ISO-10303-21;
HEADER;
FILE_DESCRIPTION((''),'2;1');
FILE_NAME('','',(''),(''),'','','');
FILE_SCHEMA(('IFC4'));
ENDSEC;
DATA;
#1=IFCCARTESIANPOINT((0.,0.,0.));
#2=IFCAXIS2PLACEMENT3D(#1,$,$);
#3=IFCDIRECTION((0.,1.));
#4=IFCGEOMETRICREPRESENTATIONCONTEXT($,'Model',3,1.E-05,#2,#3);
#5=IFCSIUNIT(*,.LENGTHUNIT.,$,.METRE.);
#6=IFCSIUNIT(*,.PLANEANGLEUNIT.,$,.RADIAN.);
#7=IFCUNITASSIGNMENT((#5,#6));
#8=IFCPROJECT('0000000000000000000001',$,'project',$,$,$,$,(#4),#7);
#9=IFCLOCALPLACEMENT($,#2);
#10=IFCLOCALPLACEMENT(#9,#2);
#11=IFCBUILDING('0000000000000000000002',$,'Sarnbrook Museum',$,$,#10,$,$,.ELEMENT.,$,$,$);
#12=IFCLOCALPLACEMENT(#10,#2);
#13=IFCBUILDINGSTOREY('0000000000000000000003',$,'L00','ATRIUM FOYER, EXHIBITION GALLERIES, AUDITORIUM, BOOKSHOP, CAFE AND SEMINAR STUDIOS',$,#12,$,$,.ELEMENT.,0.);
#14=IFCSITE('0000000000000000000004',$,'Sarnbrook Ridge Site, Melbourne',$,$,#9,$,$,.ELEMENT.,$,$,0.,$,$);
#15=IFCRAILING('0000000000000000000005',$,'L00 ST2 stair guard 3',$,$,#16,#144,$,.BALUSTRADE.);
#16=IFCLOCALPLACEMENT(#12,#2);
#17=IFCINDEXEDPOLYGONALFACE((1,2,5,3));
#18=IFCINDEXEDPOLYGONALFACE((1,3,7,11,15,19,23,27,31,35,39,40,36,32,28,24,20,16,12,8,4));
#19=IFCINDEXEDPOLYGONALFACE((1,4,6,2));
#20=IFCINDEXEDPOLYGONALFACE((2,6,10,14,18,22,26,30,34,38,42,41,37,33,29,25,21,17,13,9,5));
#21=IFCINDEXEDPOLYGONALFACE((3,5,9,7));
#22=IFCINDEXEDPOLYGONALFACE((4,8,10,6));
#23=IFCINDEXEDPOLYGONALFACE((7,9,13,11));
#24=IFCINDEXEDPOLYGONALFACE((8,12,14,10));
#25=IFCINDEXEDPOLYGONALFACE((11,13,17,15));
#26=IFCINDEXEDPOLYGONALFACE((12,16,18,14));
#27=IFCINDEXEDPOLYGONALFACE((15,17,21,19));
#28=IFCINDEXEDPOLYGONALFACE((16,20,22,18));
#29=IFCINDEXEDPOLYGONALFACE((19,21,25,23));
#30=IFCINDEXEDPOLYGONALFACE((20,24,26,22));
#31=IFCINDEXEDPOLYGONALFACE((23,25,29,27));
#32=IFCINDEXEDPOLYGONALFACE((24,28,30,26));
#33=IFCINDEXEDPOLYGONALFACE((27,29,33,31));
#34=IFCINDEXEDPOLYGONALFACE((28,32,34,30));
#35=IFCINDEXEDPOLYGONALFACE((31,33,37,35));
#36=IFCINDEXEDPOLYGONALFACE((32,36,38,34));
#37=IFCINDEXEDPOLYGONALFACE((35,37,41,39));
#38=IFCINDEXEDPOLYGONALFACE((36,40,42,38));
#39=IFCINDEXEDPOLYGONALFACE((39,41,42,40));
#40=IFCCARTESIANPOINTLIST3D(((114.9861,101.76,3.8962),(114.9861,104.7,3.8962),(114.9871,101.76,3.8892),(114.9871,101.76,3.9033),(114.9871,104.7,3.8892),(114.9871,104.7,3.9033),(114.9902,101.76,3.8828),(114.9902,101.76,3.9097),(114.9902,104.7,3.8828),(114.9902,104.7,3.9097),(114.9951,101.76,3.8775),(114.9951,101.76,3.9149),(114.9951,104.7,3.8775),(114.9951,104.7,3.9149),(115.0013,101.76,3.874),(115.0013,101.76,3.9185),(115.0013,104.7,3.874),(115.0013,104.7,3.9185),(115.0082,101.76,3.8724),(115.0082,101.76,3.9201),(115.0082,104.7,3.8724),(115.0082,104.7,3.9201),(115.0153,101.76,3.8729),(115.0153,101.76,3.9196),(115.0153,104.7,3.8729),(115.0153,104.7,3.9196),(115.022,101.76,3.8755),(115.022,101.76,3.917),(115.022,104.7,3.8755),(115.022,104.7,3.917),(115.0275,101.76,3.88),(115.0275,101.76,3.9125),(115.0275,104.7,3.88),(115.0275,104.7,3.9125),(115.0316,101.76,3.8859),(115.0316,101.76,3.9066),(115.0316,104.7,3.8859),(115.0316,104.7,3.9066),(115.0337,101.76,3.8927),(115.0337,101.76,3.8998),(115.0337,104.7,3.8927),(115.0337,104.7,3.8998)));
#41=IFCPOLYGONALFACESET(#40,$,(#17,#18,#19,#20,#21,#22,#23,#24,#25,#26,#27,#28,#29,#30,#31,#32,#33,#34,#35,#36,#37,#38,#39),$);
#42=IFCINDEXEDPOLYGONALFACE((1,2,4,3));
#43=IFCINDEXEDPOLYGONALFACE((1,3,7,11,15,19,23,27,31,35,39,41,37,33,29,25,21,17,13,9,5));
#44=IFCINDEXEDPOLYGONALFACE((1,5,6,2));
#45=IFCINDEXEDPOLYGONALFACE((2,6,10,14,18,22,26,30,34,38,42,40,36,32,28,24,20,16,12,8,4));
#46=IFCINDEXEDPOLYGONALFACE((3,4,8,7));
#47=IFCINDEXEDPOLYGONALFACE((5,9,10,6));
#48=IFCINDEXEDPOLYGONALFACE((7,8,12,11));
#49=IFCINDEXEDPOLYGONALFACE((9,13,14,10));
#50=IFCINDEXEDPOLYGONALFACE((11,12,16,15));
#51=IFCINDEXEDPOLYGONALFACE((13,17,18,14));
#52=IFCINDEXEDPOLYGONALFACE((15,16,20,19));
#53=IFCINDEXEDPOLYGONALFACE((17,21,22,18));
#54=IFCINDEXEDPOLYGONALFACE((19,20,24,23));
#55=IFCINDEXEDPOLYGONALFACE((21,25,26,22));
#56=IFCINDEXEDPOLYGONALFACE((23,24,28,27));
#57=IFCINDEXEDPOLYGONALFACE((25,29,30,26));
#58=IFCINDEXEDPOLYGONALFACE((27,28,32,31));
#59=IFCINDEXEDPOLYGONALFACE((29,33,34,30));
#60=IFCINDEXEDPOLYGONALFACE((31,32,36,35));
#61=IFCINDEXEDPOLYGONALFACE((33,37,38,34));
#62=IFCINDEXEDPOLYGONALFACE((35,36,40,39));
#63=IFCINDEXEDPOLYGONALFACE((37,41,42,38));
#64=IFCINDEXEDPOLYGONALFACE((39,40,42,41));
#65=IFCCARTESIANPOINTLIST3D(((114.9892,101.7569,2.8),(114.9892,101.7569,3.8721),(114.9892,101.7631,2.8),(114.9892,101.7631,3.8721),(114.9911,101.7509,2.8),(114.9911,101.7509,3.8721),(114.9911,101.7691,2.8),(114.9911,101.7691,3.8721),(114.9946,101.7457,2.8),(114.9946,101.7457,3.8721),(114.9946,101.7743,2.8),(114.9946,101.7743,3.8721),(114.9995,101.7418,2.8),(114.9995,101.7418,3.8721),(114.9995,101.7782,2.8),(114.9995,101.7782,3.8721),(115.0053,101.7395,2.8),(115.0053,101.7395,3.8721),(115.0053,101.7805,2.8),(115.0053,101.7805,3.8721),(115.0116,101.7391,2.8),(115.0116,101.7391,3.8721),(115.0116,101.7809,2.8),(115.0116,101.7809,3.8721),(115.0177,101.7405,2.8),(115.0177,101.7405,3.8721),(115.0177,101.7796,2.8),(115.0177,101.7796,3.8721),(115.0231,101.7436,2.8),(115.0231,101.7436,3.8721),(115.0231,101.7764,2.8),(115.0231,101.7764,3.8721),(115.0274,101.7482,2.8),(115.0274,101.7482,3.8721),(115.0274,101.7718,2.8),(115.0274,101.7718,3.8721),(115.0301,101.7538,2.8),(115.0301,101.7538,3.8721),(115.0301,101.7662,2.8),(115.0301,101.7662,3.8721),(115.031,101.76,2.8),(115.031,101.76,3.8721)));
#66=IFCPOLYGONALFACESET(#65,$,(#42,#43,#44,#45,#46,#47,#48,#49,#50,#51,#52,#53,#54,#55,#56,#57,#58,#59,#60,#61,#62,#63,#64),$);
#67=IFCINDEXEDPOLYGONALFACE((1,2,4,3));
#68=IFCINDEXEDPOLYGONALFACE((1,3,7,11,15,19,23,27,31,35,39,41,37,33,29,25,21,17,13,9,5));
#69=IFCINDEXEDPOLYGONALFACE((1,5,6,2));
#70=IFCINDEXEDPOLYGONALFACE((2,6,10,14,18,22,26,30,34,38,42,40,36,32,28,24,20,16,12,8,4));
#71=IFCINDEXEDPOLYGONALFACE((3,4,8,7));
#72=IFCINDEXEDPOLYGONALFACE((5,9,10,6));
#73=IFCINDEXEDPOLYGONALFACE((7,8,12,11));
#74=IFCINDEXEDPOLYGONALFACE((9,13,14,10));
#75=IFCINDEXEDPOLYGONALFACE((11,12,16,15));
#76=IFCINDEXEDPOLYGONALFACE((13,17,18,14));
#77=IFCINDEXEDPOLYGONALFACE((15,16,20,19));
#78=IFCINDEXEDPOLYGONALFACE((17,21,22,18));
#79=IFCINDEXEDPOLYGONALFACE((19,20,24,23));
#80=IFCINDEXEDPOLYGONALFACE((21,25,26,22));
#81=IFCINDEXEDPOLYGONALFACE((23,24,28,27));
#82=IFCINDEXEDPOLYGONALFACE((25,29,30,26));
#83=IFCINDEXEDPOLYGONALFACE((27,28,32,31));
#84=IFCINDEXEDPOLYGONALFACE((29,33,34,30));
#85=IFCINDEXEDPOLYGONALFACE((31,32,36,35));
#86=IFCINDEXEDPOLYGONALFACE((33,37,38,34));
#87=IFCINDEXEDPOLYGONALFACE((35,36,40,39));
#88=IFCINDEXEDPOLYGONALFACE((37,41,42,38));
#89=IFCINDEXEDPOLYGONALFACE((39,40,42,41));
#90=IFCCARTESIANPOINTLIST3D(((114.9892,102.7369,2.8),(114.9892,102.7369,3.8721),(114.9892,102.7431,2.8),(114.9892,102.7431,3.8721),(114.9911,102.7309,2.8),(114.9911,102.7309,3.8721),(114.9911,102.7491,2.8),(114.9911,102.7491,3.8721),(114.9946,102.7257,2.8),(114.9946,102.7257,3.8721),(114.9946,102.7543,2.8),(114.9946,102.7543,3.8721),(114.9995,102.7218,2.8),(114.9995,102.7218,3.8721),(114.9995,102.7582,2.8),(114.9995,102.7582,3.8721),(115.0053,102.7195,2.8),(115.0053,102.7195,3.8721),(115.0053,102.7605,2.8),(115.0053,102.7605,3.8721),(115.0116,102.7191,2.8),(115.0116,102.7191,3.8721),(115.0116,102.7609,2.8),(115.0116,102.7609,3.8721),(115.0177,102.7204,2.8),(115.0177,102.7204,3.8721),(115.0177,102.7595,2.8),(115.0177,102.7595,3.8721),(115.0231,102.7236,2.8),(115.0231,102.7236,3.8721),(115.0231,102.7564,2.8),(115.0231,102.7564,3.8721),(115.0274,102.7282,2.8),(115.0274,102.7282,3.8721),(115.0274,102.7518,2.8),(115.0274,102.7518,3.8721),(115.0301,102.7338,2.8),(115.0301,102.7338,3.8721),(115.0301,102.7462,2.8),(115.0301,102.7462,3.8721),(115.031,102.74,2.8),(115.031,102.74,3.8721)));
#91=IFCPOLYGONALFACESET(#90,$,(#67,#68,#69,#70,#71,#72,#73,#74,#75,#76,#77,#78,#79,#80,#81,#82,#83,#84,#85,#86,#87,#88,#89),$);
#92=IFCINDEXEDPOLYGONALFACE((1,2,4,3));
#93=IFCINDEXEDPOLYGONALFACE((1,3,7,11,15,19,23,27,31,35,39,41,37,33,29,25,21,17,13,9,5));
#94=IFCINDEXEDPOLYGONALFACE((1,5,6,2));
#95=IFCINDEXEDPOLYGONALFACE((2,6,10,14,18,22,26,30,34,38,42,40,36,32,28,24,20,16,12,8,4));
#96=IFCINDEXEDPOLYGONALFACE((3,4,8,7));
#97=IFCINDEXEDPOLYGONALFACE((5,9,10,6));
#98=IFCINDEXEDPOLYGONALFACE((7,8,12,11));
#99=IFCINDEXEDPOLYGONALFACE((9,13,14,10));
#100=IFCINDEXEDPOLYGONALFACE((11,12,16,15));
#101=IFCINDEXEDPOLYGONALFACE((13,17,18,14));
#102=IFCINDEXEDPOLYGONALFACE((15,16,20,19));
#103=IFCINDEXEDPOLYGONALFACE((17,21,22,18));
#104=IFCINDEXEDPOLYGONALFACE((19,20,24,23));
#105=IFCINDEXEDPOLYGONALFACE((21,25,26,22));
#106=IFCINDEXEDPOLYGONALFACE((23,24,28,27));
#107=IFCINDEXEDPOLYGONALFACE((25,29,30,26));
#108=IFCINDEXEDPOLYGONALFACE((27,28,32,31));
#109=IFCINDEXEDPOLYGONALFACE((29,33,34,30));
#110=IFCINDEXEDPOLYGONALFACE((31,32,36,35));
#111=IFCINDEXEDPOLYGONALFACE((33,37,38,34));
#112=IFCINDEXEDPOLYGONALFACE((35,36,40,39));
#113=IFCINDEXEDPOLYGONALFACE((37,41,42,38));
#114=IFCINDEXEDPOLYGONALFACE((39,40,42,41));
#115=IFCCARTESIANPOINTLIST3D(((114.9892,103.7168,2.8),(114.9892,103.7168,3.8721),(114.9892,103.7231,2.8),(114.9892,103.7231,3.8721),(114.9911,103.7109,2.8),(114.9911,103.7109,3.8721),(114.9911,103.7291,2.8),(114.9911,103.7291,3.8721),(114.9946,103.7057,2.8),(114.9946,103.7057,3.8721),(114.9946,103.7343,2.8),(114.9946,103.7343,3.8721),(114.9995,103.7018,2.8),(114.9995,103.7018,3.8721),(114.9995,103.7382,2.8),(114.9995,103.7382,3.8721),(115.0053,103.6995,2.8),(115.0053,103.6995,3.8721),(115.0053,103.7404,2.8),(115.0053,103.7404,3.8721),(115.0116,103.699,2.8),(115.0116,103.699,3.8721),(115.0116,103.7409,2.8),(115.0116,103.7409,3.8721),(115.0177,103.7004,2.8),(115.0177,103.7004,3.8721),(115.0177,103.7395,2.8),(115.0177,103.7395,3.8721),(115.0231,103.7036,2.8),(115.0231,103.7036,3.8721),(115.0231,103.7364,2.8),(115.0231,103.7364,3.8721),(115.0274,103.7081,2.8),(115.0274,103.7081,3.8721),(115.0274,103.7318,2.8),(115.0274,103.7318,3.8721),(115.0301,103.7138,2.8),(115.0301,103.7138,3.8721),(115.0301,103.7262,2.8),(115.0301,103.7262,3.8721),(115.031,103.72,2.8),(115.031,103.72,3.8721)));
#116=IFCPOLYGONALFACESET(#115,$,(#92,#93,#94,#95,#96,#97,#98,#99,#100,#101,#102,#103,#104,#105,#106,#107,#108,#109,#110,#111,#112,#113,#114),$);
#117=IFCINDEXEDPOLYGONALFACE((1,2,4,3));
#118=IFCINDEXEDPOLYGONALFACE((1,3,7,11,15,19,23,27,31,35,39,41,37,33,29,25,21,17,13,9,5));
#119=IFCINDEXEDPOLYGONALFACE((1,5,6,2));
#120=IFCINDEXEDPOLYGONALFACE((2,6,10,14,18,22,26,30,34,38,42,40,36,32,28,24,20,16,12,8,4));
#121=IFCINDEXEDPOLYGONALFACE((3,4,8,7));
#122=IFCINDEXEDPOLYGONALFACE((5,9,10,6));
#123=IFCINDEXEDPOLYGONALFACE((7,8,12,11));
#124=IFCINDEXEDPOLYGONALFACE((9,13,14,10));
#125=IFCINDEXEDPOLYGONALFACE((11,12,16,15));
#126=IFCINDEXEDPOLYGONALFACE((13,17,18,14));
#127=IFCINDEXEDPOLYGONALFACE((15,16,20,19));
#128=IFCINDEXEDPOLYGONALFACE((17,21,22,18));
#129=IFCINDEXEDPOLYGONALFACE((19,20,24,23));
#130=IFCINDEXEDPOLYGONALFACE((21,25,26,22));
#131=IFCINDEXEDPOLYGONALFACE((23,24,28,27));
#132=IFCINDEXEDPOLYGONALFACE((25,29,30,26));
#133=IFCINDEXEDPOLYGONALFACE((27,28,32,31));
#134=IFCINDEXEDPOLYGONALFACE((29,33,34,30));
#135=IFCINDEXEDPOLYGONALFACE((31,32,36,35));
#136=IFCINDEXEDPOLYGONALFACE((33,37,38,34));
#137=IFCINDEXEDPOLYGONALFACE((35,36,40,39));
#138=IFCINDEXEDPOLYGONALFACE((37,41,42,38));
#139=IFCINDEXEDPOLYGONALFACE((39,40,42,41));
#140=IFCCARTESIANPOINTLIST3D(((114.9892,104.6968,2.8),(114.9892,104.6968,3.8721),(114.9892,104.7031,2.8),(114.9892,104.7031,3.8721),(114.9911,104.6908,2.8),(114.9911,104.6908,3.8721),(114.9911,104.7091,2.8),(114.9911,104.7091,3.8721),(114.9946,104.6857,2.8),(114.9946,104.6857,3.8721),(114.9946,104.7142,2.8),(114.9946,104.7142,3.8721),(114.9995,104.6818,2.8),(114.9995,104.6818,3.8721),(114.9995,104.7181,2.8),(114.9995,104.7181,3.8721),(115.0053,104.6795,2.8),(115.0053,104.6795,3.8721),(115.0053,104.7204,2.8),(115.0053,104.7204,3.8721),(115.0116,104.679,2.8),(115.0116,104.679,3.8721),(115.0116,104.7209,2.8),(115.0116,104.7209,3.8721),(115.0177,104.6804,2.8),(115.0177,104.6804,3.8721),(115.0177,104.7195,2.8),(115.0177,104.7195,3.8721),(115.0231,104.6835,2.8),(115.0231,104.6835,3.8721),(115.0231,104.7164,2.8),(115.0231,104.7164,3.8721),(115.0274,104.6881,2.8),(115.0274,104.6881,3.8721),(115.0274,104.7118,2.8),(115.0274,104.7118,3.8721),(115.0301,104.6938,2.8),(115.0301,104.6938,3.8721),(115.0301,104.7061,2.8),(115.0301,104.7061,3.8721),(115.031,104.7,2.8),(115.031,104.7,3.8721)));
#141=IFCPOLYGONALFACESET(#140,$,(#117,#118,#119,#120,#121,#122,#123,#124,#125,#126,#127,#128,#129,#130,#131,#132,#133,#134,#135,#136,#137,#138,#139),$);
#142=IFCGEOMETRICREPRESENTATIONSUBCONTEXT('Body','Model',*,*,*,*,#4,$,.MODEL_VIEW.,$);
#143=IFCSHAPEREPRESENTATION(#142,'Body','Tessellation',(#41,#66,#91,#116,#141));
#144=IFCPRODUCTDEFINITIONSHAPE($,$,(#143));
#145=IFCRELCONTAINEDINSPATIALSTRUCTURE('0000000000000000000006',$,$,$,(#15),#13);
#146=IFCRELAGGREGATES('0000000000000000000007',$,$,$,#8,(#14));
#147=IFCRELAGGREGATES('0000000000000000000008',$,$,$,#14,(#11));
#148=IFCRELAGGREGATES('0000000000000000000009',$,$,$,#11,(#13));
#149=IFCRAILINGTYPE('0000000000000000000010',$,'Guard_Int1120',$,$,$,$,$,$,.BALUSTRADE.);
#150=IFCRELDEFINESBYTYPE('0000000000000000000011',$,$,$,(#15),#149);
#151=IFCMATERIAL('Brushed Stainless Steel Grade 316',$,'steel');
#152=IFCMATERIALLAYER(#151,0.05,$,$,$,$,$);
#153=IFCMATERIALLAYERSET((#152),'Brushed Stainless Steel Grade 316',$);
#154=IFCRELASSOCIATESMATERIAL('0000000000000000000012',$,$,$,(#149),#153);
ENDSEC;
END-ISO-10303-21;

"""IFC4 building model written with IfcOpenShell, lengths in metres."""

from ifc_helpers import new_model, si_unit, direction, frame, origin, origin_2d, place, context, subcontext, project, spatial, circle, extrude, material, layer, layer_set, type_object, element, save


model = new_model("IFC4")

# Units and contexts
model_context = context("Model", 3, precision=1e-05, world=origin(), true_north=direction((0.0, 1.0)))
body_context = subcontext(model_context, "Body", "Model", "MODEL_VIEW")
ifc_project = project(units=[si_unit("LENGTHUNIT", "METRE"), si_unit("PLANEANGLEUNIT", "RADIAN")], contexts=[model_context])

# Site, building, storey
site_placement = place(None, origin())
site = spatial("IfcSite", under=ifc_project, at=site_placement, Name="Sarnbrook Ridge Site, Melbourne", CompositionType="ELEMENT", RefElevation=0.0)
building_placement = place(site_placement, origin())
building = spatial("IfcBuilding", under=site, at=building_placement, Name="Sarnbrook Museum", CompositionType="ELEMENT")
storey_placement = place(building_placement, origin())
storey = spatial("IfcBuildingStorey", under=building, at=storey_placement, Name="L00", Description="ATRIUM FOYER, EXHIBITION GALLERIES, AUDITORIUM, BOOKSHOP, CAFE AND SEMINAR STUDIOS", CompositionType="ELEMENT", Elevation=0.0)

# Shared definitions
ifc_material_1 = material(Name="Brushed Stainless Steel Grade 316", Category="steel")

# Railing
ifc_layer_1 = layer(ifc_material_1, 0.05)
ifc_layer_set_1 = layer_set([ifc_layer_1], Name="Brushed Stainless Steel Grade 316")
railing_type_1 = type_object("IfcRailingType", Name="Guard_Int1120", PredefinedType="BALUSTRADE", material=ifc_layer_set_1)
for number, where, name in (
    (1, (115.01, 101.76, 2.8), "L00 ST2 stair guard 3"),
):
    element("IfcRailing", number, at=place(storey_placement, frame(where)), inside=storey, type_object=railing_type_1, Name=name, PredefinedType="BALUSTRADE", context=body_context, shape_type="SweptSolid", body=[
        extrude(circle(Radius=0.0239, at=origin_2d()), frame((0.0, 0.0, 1.0962), z_axis=(0.0, 1.0, 0.0), x_axis=(-1.0, 0.0, 0.0)), (0.0, 0.0, 1.0), 2.9399),
        extrude(circle(Radius=0.021, at=origin_2d()), origin(), (0.0, 0.0, 1.0), 1.072),
        extrude(circle(Radius=0.021, at=origin_2d()), frame((0.0, 0.98, 0.0)), (0.0, 0.0, 1.0), 1.072),
        extrude(circle(Radius=0.021, at=origin_2d()), frame((0.0, 1.96, 0.0)), (0.0, 0.0, 1.0), 1.072),
        extrude(circle(Radius=0.021, at=origin_2d()), frame((0.0, 2.9399, 0.0)), (0.0, 0.0, 1.0), 1.072),
    ])

save(model, "model.ifc")
